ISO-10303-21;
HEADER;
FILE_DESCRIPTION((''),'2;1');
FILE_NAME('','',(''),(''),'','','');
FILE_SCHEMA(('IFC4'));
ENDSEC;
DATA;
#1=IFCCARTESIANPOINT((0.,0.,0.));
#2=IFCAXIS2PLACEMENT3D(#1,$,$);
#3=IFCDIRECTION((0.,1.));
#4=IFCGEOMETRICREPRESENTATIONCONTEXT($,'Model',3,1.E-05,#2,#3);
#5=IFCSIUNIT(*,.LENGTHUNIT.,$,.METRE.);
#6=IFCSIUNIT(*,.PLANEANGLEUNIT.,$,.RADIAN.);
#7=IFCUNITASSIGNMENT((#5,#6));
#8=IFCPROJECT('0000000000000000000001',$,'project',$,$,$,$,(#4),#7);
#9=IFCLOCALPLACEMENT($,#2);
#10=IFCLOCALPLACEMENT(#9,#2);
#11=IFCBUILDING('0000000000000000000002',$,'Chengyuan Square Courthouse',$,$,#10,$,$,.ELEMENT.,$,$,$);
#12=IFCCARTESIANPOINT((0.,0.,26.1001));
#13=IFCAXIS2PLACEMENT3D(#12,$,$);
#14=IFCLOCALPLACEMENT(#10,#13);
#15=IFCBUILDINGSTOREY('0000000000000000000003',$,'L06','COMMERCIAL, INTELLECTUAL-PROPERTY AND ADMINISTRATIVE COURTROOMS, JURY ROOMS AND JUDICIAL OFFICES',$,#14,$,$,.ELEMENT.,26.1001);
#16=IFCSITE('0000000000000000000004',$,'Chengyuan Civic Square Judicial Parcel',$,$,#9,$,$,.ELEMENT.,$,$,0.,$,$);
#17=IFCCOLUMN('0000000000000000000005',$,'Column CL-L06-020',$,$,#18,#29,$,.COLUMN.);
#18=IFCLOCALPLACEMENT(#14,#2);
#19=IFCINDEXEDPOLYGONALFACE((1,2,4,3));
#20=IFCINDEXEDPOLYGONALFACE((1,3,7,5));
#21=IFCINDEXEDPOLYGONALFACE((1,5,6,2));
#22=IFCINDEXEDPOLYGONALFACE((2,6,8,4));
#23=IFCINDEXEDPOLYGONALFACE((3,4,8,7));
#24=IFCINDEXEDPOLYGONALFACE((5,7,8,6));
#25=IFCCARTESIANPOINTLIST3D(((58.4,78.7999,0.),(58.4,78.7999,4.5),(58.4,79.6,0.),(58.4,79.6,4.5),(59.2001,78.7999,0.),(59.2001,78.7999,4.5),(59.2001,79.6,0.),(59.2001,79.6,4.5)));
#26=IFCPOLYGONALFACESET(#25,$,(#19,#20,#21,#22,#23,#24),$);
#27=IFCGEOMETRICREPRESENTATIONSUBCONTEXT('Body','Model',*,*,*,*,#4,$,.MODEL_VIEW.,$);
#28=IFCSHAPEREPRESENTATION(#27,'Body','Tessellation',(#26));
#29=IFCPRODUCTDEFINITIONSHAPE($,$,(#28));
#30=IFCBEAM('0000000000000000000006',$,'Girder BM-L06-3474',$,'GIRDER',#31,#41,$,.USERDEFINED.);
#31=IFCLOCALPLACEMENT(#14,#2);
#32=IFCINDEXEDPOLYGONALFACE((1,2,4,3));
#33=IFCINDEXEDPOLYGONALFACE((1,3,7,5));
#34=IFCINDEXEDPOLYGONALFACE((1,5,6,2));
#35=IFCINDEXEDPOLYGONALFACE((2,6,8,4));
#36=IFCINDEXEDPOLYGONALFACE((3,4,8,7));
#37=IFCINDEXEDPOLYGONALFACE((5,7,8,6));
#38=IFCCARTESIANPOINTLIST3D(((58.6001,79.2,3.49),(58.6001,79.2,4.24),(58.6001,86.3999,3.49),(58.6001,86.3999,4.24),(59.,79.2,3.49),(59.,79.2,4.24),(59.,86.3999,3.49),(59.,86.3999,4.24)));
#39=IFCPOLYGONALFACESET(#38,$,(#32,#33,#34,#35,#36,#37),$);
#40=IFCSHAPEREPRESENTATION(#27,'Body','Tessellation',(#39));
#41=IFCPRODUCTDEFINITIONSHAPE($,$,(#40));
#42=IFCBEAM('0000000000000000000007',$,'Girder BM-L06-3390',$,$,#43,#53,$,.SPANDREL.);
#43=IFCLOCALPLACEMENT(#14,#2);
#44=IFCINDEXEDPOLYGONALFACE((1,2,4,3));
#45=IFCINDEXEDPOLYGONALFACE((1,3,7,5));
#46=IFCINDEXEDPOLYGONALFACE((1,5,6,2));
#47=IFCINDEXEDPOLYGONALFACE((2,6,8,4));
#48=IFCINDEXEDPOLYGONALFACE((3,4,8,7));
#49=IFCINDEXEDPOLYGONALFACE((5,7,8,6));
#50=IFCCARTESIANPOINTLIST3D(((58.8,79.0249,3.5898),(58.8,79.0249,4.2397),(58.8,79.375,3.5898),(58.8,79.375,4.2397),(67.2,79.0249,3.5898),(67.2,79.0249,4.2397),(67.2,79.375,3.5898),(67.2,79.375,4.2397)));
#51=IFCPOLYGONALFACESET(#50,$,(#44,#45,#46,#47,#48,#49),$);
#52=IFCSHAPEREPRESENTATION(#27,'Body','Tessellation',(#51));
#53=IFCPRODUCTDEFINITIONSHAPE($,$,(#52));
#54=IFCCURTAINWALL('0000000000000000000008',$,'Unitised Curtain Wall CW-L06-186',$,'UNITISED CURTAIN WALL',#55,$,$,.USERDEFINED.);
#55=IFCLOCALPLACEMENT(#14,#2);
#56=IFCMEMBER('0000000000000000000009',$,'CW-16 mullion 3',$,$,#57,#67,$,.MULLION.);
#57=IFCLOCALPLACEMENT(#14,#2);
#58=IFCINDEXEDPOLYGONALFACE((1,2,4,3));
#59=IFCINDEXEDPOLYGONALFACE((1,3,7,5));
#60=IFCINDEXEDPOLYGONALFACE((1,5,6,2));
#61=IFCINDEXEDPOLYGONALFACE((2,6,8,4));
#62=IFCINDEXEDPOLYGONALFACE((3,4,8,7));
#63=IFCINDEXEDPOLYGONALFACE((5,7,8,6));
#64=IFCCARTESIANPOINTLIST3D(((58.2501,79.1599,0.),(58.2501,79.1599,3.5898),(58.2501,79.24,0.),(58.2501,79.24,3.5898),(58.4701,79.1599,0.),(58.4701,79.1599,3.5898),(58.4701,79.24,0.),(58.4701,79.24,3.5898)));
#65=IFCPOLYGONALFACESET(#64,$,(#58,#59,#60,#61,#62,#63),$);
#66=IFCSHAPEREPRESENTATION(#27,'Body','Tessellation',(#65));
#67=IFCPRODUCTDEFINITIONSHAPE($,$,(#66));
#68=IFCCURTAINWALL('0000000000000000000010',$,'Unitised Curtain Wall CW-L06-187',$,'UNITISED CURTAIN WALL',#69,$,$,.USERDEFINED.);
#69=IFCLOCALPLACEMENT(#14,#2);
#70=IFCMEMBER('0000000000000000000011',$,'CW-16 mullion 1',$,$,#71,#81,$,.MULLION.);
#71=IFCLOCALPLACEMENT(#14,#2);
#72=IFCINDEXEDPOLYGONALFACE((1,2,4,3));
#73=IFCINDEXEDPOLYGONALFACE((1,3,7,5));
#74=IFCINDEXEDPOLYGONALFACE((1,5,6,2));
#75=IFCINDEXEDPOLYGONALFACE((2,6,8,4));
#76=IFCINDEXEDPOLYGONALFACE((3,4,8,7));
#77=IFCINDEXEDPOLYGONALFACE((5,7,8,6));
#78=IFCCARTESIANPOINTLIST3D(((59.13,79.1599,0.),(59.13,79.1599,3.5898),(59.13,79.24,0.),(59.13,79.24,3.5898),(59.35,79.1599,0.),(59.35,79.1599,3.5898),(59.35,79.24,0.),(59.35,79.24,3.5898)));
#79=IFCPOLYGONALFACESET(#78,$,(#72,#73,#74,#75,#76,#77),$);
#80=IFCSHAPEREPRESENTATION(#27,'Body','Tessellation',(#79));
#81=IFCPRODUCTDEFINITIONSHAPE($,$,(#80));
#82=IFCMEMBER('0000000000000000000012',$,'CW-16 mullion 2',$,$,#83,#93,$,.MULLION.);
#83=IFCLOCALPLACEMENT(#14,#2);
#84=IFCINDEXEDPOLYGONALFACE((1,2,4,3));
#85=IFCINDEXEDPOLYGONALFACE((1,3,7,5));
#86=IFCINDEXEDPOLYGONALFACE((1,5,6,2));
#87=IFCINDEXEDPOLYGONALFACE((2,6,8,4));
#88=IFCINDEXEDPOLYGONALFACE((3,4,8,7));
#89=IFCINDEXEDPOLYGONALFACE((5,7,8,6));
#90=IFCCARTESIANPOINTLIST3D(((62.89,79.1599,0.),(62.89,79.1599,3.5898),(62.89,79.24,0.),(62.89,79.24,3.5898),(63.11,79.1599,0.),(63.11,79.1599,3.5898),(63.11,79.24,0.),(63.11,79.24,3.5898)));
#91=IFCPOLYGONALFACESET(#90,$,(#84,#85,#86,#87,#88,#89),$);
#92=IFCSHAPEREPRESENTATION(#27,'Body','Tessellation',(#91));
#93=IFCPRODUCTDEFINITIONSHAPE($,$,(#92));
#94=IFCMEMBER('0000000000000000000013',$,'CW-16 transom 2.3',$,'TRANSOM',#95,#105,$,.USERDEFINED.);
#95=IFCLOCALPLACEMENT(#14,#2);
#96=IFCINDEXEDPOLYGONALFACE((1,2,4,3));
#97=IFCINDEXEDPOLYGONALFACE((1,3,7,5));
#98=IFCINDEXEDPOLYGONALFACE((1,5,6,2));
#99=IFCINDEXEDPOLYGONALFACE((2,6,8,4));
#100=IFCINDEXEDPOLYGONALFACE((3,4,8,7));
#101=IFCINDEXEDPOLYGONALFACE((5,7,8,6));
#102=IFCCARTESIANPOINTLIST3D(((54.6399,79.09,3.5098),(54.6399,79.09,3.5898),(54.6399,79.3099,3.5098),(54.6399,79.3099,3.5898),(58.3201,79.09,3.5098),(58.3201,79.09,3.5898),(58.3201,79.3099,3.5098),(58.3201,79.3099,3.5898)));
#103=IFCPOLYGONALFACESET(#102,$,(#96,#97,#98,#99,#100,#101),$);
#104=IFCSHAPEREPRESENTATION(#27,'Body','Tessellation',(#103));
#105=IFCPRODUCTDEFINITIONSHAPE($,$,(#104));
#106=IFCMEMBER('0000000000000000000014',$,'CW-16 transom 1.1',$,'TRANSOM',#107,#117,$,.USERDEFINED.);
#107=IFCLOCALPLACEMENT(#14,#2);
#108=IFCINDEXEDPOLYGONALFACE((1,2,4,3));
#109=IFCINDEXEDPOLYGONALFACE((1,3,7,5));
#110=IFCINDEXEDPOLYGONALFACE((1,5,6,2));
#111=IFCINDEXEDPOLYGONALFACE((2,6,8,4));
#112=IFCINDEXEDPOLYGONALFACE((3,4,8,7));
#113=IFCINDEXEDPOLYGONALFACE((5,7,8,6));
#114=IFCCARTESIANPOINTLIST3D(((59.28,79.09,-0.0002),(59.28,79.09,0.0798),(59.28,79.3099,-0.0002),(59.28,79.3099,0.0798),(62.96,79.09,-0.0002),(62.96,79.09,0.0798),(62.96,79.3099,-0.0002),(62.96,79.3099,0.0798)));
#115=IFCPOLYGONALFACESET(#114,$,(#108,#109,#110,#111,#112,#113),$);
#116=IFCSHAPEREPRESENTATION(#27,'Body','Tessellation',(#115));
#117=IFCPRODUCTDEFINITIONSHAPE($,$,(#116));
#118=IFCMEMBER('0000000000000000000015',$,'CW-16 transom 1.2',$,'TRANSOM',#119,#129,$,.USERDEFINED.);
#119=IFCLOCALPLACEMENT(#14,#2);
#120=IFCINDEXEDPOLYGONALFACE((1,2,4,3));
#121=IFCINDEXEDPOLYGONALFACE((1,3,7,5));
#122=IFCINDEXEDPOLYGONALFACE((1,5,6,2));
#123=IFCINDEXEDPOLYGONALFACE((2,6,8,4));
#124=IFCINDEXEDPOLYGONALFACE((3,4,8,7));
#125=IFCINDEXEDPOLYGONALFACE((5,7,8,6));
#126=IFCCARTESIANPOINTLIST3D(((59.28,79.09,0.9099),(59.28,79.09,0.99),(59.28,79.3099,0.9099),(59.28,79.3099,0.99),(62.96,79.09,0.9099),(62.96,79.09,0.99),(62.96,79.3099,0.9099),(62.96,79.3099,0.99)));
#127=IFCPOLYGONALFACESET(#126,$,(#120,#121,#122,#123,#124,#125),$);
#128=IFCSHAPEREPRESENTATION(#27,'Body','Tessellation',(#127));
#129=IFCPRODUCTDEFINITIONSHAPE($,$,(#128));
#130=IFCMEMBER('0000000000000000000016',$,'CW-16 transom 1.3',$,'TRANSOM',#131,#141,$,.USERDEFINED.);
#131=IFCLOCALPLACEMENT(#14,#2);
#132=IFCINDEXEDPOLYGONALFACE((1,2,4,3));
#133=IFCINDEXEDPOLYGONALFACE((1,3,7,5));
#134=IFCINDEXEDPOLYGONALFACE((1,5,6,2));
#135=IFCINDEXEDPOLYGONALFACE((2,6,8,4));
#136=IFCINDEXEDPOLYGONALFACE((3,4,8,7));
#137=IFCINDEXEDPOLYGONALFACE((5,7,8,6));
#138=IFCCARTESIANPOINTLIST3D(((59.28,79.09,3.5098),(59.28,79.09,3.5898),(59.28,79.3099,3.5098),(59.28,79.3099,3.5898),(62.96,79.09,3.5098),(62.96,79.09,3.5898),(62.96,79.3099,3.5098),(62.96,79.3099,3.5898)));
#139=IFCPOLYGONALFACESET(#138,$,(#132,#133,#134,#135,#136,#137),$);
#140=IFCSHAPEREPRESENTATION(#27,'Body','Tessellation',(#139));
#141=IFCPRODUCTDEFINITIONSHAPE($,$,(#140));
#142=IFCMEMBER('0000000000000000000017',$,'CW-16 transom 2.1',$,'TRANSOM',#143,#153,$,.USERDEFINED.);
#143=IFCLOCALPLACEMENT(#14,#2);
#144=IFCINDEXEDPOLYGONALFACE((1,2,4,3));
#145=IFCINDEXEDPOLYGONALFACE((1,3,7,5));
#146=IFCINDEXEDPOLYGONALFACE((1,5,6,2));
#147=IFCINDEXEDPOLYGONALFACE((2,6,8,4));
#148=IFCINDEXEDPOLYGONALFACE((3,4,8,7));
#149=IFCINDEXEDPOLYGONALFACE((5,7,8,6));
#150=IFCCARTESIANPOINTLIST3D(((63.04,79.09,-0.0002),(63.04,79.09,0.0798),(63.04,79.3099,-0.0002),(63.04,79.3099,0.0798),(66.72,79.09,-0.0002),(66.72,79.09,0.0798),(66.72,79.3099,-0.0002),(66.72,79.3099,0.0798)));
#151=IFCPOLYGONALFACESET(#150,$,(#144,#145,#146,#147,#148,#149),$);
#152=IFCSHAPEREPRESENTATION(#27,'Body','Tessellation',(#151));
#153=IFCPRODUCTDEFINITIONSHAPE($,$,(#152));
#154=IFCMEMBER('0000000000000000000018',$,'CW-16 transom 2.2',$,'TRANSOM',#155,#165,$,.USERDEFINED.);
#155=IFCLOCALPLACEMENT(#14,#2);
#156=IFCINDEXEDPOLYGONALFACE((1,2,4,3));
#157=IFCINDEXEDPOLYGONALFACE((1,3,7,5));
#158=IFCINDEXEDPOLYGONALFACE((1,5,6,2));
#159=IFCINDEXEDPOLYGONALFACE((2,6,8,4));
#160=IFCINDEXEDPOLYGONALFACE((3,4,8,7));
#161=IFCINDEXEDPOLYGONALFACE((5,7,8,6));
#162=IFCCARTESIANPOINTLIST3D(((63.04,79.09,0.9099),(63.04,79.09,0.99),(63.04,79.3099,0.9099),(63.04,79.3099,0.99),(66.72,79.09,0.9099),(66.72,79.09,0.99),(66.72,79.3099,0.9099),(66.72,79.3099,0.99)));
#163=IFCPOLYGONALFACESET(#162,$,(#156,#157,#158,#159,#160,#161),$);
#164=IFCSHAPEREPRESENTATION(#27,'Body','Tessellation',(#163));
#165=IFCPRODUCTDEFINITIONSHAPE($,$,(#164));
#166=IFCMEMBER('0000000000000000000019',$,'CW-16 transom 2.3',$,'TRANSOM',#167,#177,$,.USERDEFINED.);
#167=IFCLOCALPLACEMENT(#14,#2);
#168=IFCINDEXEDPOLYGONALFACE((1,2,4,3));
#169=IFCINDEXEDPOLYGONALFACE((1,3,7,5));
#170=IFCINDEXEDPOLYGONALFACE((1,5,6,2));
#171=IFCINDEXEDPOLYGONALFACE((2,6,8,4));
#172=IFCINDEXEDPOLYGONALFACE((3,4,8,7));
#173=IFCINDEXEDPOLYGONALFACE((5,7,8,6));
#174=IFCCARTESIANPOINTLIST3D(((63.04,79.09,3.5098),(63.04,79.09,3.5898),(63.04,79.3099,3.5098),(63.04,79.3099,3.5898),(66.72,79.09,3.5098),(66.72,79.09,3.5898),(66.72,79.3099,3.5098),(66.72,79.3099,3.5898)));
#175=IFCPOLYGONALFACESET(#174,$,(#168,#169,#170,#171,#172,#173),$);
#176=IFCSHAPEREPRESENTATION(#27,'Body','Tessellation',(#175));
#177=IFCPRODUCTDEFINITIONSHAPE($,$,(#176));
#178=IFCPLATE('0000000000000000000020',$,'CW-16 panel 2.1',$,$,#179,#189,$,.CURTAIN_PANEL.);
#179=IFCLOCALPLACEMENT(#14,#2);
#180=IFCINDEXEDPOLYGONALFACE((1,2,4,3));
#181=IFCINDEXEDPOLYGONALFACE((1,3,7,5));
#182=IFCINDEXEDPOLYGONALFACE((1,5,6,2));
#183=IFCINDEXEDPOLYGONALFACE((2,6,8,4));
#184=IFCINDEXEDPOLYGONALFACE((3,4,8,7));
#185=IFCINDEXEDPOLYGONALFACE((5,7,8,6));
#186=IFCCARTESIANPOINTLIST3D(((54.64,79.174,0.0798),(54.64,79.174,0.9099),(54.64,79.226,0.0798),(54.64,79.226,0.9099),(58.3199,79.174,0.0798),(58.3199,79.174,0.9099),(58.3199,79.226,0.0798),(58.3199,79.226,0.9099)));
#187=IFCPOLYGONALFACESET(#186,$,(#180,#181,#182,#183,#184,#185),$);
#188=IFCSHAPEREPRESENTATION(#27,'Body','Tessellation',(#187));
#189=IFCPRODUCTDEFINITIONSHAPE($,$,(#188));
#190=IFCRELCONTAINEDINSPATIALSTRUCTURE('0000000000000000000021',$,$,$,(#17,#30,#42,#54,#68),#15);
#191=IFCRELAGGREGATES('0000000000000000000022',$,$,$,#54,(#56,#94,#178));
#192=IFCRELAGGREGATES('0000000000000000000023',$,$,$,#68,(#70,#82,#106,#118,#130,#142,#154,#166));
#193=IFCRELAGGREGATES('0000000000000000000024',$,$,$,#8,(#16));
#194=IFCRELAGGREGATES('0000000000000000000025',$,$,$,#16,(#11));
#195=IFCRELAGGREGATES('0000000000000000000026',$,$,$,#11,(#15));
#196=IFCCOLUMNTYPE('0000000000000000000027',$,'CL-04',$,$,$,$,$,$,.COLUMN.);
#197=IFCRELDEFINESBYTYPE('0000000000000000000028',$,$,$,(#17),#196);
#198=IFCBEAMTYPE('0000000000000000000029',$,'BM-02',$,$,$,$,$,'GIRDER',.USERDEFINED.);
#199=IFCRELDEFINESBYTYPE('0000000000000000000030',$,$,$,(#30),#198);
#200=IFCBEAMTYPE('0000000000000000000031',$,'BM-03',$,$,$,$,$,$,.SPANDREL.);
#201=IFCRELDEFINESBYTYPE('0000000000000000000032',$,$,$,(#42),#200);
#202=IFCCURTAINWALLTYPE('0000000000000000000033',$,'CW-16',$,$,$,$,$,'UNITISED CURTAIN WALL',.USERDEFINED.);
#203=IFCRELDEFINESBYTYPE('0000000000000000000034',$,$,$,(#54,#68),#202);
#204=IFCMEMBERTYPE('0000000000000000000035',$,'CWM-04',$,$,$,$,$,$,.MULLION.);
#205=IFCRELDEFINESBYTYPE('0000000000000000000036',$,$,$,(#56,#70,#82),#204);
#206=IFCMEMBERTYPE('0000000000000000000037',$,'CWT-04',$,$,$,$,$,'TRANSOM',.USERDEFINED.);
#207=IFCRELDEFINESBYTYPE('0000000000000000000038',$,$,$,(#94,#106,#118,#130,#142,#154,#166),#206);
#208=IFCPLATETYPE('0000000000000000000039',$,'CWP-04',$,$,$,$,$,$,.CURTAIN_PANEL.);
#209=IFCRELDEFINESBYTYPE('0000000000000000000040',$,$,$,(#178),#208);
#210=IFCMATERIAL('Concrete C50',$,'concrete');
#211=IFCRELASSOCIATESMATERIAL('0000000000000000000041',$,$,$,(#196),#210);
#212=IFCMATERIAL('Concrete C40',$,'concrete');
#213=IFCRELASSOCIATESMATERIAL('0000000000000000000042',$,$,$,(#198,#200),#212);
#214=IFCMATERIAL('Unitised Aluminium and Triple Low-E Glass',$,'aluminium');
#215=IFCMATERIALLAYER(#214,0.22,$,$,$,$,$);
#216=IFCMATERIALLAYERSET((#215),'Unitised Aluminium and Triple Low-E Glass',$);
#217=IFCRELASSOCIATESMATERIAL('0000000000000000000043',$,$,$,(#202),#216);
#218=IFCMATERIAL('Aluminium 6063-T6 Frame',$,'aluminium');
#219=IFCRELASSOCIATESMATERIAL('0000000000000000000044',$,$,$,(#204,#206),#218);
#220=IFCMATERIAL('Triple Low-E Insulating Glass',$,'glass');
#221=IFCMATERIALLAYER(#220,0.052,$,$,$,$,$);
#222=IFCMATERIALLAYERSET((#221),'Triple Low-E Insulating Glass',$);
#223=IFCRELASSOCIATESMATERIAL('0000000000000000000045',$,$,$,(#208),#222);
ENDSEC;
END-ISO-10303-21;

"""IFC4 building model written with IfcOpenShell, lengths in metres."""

from ifc_helpers import new_model, si_unit, direction, frame, origin, origin_2d, place, context, subcontext, project, spatial, rectangle, extrude, material, layer, layer_set, material_profile, profile_set, type_object, element, aggregate, save


model = new_model("IFC4")

# Units and contexts
model_context = context("Model", 3, precision=1e-05, world=origin(), true_north=direction((0.0, 1.0)))
body_context = subcontext(model_context, "Body", "Model", "MODEL_VIEW")
ifc_project = project(units=[si_unit("LENGTHUNIT", "METRE"), si_unit("PLANEANGLEUNIT", "RADIAN")], contexts=[model_context])

# Site, building, storey
site_placement = place(None, origin())
site = spatial("IfcSite", under=ifc_project, at=site_placement, Name="Chengyuan Civic Square Judicial Parcel", CompositionType="ELEMENT", RefElevation=0.0)
building_placement = place(site_placement, origin())
building = spatial("IfcBuilding", under=site, at=building_placement, Name="Chengyuan Square Courthouse", CompositionType="ELEMENT")
storey_placement = place(building_placement, frame((0.0, 0.0, 26.1001)))
storey = spatial("IfcBuildingStorey", under=building, at=storey_placement, Name="L06", Description="COMMERCIAL, INTELLECTUAL-PROPERTY AND ADMINISTRATIVE COURTROOMS, JURY ROOMS AND JUDICIAL OFFICES", CompositionType="ELEMENT", Elevation=26.1001)

# Column
ifc_material_1 = material(Name="Concrete C50", Category="concrete")
ifc_material_profile_1 = material_profile(ifc_material_1, rectangle(XDim=0.8, YDim=0.8, at=origin_2d()), Name="RC-COL-800x800")
ifc_profile_set_1 = profile_set([ifc_material_profile_1], Name="Concrete C50")
column_type = type_object("IfcColumnType", Name="CL-04", PredefinedType="COLUMN", material=ifc_profile_set_1)
column_placement = place(storey_placement, frame((58.8, 79.2, 0.0), z_axis=(0.0, 0.0, 1.0), x_axis=(1.0, 0.0, 0.0)))
element("IfcColumn", 1, at=column_placement, inside=storey, type_object=column_type, Name="Column CL-L06-020", PredefinedType="COLUMN", context=body_context, shape_type="SweptSolid", body=[
    extrude(rectangle(XDim=0.8, YDim=0.8, at=origin_2d()), origin(), (0.0, 0.0, 1.0), 4.5),
])

# Beams
ifc_material_2 = material(Name="Concrete C40", Category="concrete")
ifc_material_profile_2 = material_profile(ifc_material_2, rectangle(XDim=0.3999, YDim=0.75, at=origin_2d()), Name="RC-BM-400x750")
ifc_profile_set_2 = profile_set([ifc_material_profile_2], Name="Concrete C40")
beam_type_1 = type_object("IfcBeamType", Name="BM-02", ElementType="GIRDER", PredefinedType="USERDEFINED", material=ifc_profile_set_2)
beam_1_placement = place(storey_placement, frame((58.8, 79.2, 3.865), z_axis=(0.0, 1.0, 0.0), x_axis=(-1.0, 0.0, 0.0)))
element("IfcBeam", 2, at=beam_1_placement, inside=storey, type_object=beam_type_1, Name="Girder BM-L06-3474", ObjectType="GIRDER", PredefinedType="USERDEFINED", context=body_context, shape_type="SweptSolid", body=[
    extrude(rectangle(XDim=0.3999, YDim=0.75, at=origin_2d()), origin(), (0.0, 0.0, 1.0), 7.2),
])
ifc_material_profile_3 = material_profile(ifc_material_2, rectangle(XDim=0.3501, YDim=0.6499, at=origin_2d()), Name="RC-BM-350x650")
ifc_profile_set_3 = profile_set([ifc_material_profile_3], Name="Concrete C40")
beam_type_2 = type_object("IfcBeamType", Name="BM-03", PredefinedType="SPANDREL", material=ifc_profile_set_3)
beam_2_placement = place(storey_placement, frame((58.8, 79.2, 3.9148), z_axis=(1.0, 0.0, 0.0), x_axis=(0.0, 1.0, 0.0)))
element("IfcBeam", 3, at=beam_2_placement, inside=storey, type_object=beam_type_2, Name="Girder BM-L06-3390", PredefinedType="SPANDREL", context=body_context, shape_type="SweptSolid", body=[
    extrude(rectangle(XDim=0.3501, YDim=0.6499, at=origin_2d()), origin(), (0.0, 0.0, 1.0), 8.3999),
])

# Curtain wall, member
ifc_material_3 = material(Name="Unitised Aluminium and Triple Low-E Glass", Category="aluminium")
ifc_layer_1 = layer(ifc_material_3, 0.22)
ifc_layer_set_1 = layer_set([ifc_layer_1], Name="Unitised Aluminium and Triple Low-E Glass")
curtain_wall_type = type_object("IfcCurtainWallType", Name="CW-16", ElementType="UNITISED CURTAIN WALL", PredefinedType="USERDEFINED", material=ifc_layer_set_1)
curtain_wall_1_placement = place(storey_placement, origin())
curtain_wall_1 = element("IfcCurtainWall", 4, at=curtain_wall_1_placement, inside=storey, type_object=curtain_wall_type, Name="Unitised Curtain Wall CW-L06-186", ObjectType="UNITISED CURTAIN WALL", PredefinedType="USERDEFINED")
ifc_material_4 = material(Name="Aluminium 6063-T6 Frame", Category="aluminium")
ifc_material_profile_4 = material_profile(ifc_material_4, rectangle(XDim=0.0801, YDim=0.22, at=origin_2d()), Name="CW-MUL-80x220")
ifc_profile_set_4 = profile_set([ifc_material_profile_4], Name="Aluminium 6063-T6 Frame")
member_type_1 = type_object("IfcMemberType", Name="CWM-04", PredefinedType="MULLION", material=ifc_profile_set_4)
member_1_placement = place(storey_placement, frame((58.3601, 79.2, 0.0), z_axis=(0.0, 0.0, 1.0), x_axis=(0.0, 1.0, 0.0)))
member_1 = element("IfcMember", 5, at=member_1_placement, type_object=member_type_1, Name="CW-16 mullion 3", PredefinedType="MULLION", context=body_context, shape_type="SweptSolid", body=[
    extrude(rectangle(XDim=0.0801, YDim=0.22, at=origin_2d()), origin(), (0.0, 0.0, 1.0), 3.5898),
])

# Curtain wall, members
curtain_wall_2_placement = place(storey_placement, origin())
curtain_wall_2 = element("IfcCurtainWall", 6, at=curtain_wall_2_placement, inside=storey, type_object=curtain_wall_type, Name="Unitised Curtain Wall CW-L06-187", ObjectType="UNITISED CURTAIN WALL", PredefinedType="USERDEFINED")
member_2_placement = place(storey_placement, frame((59.24, 79.2, 0.0), z_axis=(0.0, 0.0, 1.0), x_axis=(0.0, 1.0, 0.0)))
member_2 = element("IfcMember", 7, at=member_2_placement, type_object=member_type_1, Name="CW-16 mullion 1", PredefinedType="MULLION", context=body_context, shape_type="SweptSolid", body=[
    extrude(rectangle(XDim=0.0801, YDim=0.22, at=origin_2d()), origin(), (0.0, 0.0, 1.0), 3.5898),
])
member_3_placement = place(storey_placement, frame((63.0, 79.2, 0.0), z_axis=(0.0, 0.0, 1.0), x_axis=(0.0, 1.0, 0.0)))
member_3 = element("IfcMember", 8, at=member_3_placement, type_object=member_type_1, Name="CW-16 mullion 2", PredefinedType="MULLION", context=body_context, shape_type="SweptSolid", body=[
    extrude(rectangle(XDim=0.0801, YDim=0.22, at=origin_2d()), origin(), (0.0, 0.0, 1.0), 3.5898),
])

# Members
ifc_material_profile_5 = material_profile(ifc_material_4, rectangle(XDim=0.22, YDim=0.0801, at=origin_2d()), Name="CW-TRN-80x180")
ifc_profile_set_5 = profile_set([ifc_material_profile_5], Name="Aluminium 6063-T6 Frame")
member_type_2 = type_object("IfcMemberType", Name="CWT-04", ElementType="TRANSOM", PredefinedType="USERDEFINED", material=ifc_profile_set_5)
member_4_placement = place(storey_placement, frame((54.6399, 79.2, 3.5498), z_axis=(1.0, 0.0, 0.0), x_axis=(0.0, 1.0, 0.0)))
member_4 = element("IfcMember", 9, at=member_4_placement, type_object=member_type_2, Name="CW-16 transom 2.3", ObjectType="TRANSOM", PredefinedType="USERDEFINED", context=body_context, shape_type="SweptSolid", body=[
    extrude(rectangle(XDim=0.22, YDim=0.0801, at=origin_2d()), origin(), (0.0, 0.0, 1.0), 3.6802),
])
member_5_placement = place(storey_placement, frame((59.28, 79.2, 0.0398), z_axis=(1.0, 0.0, 0.0), x_axis=(0.0, 1.0, 0.0)))
member_5 = element("IfcMember", 10, at=member_5_placement, type_object=member_type_2, Name="CW-16 transom 1.1", ObjectType="TRANSOM", PredefinedType="USERDEFINED", context=body_context, shape_type="SweptSolid", body=[
    extrude(rectangle(XDim=0.22, YDim=0.0801, at=origin_2d()), origin(), (0.0, 0.0, 1.0), 3.6799),
])
member_6_placement = place(storey_placement, frame((59.28, 79.2, 0.95), z_axis=(1.0, 0.0, 0.0), x_axis=(0.0, 1.0, 0.0)))
member_6 = element("IfcMember", 11, at=member_6_placement, type_object=member_type_2, Name="CW-16 transom 1.2", ObjectType="TRANSOM", PredefinedType="USERDEFINED", context=body_context, shape_type="SweptSolid", body=[
    extrude(rectangle(XDim=0.22, YDim=0.0801, at=origin_2d()), origin(), (0.0, 0.0, 1.0), 3.6799),
])
member_7_placement = place(storey_placement, frame((59.28, 79.2, 3.5498), z_axis=(1.0, 0.0, 0.0), x_axis=(0.0, 1.0, 0.0)))
member_7 = element("IfcMember", 12, at=member_7_placement, type_object=member_type_2, Name="CW-16 transom 1.3", ObjectType="TRANSOM", PredefinedType="USERDEFINED", context=body_context, shape_type="SweptSolid", body=[
    extrude(rectangle(XDim=0.22, YDim=0.0801, at=origin_2d()), origin(), (0.0, 0.0, 1.0), 3.6799),
])
member_8_placement = place(storey_placement, frame((63.04, 79.2, 0.0398), z_axis=(1.0, 0.0, 0.0), x_axis=(0.0, 1.0, 0.0)))
member_8 = element("IfcMember", 13, at=member_8_placement, type_object=member_type_2, Name="CW-16 transom 2.1", ObjectType="TRANSOM", PredefinedType="USERDEFINED", context=body_context, shape_type="SweptSolid", body=[
    extrude(rectangle(XDim=0.22, YDim=0.0801, at=origin_2d()), origin(), (0.0, 0.0, 1.0), 3.6799),
])
member_9_placement = place(storey_placement, frame((63.04, 79.2, 0.95), z_axis=(1.0, 0.0, 0.0), x_axis=(0.0, 1.0, 0.0)))
member_9 = element("IfcMember", 14, at=member_9_placement, type_object=member_type_2, Name="CW-16 transom 2.2", ObjectType="TRANSOM", PredefinedType="USERDEFINED", context=body_context, shape_type="SweptSolid", body=[
    extrude(rectangle(XDim=0.22, YDim=0.0801, at=origin_2d()), origin(), (0.0, 0.0, 1.0), 3.6799),
])
member_10_placement = place(storey_placement, frame((63.04, 79.2, 3.5498), z_axis=(1.0, 0.0, 0.0), x_axis=(0.0, 1.0, 0.0)))
member_10 = element("IfcMember", 15, at=member_10_placement, type_object=member_type_2, Name="CW-16 transom 2.3", ObjectType="TRANSOM", PredefinedType="USERDEFINED", context=body_context, shape_type="SweptSolid", body=[
    extrude(rectangle(XDim=0.22, YDim=0.0801, at=origin_2d()), origin(), (0.0, 0.0, 1.0), 3.6799),
])

# Plate
ifc_material_5 = material(Name="Triple Low-E Insulating Glass", Category="glass")
ifc_layer_2 = layer(ifc_material_5, 0.052)
ifc_layer_set_2 = layer_set([ifc_layer_2], Name="Triple Low-E Insulating Glass")
plate_type = type_object("IfcPlateType", Name="CWP-04", PredefinedType="CURTAIN_PANEL", material=ifc_layer_set_2)
plate_1_placement = place(storey_placement, frame((56.48, 79.2, 0.0798), z_axis=(0.0, 0.0, 1.0), x_axis=(1.0, 0.0, 0.0)))
plate_1 = element("IfcPlate", 16, at=plate_1_placement, type_object=plate_type, Name="CW-16 panel 2.1", PredefinedType="CURTAIN_PANEL", context=body_context, shape_type="SweptSolid", body=[
    extrude(rectangle(XDim=3.6799, YDim=0.052, at=origin_2d()), origin(), (0.0, 0.0, 1.0), 0.8301),
])
aggregate(curtain_wall_1, [member_1, member_4, plate_1])
aggregate(curtain_wall_2, [member_2, member_3, member_5, member_6, member_7, member_8, member_9, member_10])

save(model, "model.ifc")
